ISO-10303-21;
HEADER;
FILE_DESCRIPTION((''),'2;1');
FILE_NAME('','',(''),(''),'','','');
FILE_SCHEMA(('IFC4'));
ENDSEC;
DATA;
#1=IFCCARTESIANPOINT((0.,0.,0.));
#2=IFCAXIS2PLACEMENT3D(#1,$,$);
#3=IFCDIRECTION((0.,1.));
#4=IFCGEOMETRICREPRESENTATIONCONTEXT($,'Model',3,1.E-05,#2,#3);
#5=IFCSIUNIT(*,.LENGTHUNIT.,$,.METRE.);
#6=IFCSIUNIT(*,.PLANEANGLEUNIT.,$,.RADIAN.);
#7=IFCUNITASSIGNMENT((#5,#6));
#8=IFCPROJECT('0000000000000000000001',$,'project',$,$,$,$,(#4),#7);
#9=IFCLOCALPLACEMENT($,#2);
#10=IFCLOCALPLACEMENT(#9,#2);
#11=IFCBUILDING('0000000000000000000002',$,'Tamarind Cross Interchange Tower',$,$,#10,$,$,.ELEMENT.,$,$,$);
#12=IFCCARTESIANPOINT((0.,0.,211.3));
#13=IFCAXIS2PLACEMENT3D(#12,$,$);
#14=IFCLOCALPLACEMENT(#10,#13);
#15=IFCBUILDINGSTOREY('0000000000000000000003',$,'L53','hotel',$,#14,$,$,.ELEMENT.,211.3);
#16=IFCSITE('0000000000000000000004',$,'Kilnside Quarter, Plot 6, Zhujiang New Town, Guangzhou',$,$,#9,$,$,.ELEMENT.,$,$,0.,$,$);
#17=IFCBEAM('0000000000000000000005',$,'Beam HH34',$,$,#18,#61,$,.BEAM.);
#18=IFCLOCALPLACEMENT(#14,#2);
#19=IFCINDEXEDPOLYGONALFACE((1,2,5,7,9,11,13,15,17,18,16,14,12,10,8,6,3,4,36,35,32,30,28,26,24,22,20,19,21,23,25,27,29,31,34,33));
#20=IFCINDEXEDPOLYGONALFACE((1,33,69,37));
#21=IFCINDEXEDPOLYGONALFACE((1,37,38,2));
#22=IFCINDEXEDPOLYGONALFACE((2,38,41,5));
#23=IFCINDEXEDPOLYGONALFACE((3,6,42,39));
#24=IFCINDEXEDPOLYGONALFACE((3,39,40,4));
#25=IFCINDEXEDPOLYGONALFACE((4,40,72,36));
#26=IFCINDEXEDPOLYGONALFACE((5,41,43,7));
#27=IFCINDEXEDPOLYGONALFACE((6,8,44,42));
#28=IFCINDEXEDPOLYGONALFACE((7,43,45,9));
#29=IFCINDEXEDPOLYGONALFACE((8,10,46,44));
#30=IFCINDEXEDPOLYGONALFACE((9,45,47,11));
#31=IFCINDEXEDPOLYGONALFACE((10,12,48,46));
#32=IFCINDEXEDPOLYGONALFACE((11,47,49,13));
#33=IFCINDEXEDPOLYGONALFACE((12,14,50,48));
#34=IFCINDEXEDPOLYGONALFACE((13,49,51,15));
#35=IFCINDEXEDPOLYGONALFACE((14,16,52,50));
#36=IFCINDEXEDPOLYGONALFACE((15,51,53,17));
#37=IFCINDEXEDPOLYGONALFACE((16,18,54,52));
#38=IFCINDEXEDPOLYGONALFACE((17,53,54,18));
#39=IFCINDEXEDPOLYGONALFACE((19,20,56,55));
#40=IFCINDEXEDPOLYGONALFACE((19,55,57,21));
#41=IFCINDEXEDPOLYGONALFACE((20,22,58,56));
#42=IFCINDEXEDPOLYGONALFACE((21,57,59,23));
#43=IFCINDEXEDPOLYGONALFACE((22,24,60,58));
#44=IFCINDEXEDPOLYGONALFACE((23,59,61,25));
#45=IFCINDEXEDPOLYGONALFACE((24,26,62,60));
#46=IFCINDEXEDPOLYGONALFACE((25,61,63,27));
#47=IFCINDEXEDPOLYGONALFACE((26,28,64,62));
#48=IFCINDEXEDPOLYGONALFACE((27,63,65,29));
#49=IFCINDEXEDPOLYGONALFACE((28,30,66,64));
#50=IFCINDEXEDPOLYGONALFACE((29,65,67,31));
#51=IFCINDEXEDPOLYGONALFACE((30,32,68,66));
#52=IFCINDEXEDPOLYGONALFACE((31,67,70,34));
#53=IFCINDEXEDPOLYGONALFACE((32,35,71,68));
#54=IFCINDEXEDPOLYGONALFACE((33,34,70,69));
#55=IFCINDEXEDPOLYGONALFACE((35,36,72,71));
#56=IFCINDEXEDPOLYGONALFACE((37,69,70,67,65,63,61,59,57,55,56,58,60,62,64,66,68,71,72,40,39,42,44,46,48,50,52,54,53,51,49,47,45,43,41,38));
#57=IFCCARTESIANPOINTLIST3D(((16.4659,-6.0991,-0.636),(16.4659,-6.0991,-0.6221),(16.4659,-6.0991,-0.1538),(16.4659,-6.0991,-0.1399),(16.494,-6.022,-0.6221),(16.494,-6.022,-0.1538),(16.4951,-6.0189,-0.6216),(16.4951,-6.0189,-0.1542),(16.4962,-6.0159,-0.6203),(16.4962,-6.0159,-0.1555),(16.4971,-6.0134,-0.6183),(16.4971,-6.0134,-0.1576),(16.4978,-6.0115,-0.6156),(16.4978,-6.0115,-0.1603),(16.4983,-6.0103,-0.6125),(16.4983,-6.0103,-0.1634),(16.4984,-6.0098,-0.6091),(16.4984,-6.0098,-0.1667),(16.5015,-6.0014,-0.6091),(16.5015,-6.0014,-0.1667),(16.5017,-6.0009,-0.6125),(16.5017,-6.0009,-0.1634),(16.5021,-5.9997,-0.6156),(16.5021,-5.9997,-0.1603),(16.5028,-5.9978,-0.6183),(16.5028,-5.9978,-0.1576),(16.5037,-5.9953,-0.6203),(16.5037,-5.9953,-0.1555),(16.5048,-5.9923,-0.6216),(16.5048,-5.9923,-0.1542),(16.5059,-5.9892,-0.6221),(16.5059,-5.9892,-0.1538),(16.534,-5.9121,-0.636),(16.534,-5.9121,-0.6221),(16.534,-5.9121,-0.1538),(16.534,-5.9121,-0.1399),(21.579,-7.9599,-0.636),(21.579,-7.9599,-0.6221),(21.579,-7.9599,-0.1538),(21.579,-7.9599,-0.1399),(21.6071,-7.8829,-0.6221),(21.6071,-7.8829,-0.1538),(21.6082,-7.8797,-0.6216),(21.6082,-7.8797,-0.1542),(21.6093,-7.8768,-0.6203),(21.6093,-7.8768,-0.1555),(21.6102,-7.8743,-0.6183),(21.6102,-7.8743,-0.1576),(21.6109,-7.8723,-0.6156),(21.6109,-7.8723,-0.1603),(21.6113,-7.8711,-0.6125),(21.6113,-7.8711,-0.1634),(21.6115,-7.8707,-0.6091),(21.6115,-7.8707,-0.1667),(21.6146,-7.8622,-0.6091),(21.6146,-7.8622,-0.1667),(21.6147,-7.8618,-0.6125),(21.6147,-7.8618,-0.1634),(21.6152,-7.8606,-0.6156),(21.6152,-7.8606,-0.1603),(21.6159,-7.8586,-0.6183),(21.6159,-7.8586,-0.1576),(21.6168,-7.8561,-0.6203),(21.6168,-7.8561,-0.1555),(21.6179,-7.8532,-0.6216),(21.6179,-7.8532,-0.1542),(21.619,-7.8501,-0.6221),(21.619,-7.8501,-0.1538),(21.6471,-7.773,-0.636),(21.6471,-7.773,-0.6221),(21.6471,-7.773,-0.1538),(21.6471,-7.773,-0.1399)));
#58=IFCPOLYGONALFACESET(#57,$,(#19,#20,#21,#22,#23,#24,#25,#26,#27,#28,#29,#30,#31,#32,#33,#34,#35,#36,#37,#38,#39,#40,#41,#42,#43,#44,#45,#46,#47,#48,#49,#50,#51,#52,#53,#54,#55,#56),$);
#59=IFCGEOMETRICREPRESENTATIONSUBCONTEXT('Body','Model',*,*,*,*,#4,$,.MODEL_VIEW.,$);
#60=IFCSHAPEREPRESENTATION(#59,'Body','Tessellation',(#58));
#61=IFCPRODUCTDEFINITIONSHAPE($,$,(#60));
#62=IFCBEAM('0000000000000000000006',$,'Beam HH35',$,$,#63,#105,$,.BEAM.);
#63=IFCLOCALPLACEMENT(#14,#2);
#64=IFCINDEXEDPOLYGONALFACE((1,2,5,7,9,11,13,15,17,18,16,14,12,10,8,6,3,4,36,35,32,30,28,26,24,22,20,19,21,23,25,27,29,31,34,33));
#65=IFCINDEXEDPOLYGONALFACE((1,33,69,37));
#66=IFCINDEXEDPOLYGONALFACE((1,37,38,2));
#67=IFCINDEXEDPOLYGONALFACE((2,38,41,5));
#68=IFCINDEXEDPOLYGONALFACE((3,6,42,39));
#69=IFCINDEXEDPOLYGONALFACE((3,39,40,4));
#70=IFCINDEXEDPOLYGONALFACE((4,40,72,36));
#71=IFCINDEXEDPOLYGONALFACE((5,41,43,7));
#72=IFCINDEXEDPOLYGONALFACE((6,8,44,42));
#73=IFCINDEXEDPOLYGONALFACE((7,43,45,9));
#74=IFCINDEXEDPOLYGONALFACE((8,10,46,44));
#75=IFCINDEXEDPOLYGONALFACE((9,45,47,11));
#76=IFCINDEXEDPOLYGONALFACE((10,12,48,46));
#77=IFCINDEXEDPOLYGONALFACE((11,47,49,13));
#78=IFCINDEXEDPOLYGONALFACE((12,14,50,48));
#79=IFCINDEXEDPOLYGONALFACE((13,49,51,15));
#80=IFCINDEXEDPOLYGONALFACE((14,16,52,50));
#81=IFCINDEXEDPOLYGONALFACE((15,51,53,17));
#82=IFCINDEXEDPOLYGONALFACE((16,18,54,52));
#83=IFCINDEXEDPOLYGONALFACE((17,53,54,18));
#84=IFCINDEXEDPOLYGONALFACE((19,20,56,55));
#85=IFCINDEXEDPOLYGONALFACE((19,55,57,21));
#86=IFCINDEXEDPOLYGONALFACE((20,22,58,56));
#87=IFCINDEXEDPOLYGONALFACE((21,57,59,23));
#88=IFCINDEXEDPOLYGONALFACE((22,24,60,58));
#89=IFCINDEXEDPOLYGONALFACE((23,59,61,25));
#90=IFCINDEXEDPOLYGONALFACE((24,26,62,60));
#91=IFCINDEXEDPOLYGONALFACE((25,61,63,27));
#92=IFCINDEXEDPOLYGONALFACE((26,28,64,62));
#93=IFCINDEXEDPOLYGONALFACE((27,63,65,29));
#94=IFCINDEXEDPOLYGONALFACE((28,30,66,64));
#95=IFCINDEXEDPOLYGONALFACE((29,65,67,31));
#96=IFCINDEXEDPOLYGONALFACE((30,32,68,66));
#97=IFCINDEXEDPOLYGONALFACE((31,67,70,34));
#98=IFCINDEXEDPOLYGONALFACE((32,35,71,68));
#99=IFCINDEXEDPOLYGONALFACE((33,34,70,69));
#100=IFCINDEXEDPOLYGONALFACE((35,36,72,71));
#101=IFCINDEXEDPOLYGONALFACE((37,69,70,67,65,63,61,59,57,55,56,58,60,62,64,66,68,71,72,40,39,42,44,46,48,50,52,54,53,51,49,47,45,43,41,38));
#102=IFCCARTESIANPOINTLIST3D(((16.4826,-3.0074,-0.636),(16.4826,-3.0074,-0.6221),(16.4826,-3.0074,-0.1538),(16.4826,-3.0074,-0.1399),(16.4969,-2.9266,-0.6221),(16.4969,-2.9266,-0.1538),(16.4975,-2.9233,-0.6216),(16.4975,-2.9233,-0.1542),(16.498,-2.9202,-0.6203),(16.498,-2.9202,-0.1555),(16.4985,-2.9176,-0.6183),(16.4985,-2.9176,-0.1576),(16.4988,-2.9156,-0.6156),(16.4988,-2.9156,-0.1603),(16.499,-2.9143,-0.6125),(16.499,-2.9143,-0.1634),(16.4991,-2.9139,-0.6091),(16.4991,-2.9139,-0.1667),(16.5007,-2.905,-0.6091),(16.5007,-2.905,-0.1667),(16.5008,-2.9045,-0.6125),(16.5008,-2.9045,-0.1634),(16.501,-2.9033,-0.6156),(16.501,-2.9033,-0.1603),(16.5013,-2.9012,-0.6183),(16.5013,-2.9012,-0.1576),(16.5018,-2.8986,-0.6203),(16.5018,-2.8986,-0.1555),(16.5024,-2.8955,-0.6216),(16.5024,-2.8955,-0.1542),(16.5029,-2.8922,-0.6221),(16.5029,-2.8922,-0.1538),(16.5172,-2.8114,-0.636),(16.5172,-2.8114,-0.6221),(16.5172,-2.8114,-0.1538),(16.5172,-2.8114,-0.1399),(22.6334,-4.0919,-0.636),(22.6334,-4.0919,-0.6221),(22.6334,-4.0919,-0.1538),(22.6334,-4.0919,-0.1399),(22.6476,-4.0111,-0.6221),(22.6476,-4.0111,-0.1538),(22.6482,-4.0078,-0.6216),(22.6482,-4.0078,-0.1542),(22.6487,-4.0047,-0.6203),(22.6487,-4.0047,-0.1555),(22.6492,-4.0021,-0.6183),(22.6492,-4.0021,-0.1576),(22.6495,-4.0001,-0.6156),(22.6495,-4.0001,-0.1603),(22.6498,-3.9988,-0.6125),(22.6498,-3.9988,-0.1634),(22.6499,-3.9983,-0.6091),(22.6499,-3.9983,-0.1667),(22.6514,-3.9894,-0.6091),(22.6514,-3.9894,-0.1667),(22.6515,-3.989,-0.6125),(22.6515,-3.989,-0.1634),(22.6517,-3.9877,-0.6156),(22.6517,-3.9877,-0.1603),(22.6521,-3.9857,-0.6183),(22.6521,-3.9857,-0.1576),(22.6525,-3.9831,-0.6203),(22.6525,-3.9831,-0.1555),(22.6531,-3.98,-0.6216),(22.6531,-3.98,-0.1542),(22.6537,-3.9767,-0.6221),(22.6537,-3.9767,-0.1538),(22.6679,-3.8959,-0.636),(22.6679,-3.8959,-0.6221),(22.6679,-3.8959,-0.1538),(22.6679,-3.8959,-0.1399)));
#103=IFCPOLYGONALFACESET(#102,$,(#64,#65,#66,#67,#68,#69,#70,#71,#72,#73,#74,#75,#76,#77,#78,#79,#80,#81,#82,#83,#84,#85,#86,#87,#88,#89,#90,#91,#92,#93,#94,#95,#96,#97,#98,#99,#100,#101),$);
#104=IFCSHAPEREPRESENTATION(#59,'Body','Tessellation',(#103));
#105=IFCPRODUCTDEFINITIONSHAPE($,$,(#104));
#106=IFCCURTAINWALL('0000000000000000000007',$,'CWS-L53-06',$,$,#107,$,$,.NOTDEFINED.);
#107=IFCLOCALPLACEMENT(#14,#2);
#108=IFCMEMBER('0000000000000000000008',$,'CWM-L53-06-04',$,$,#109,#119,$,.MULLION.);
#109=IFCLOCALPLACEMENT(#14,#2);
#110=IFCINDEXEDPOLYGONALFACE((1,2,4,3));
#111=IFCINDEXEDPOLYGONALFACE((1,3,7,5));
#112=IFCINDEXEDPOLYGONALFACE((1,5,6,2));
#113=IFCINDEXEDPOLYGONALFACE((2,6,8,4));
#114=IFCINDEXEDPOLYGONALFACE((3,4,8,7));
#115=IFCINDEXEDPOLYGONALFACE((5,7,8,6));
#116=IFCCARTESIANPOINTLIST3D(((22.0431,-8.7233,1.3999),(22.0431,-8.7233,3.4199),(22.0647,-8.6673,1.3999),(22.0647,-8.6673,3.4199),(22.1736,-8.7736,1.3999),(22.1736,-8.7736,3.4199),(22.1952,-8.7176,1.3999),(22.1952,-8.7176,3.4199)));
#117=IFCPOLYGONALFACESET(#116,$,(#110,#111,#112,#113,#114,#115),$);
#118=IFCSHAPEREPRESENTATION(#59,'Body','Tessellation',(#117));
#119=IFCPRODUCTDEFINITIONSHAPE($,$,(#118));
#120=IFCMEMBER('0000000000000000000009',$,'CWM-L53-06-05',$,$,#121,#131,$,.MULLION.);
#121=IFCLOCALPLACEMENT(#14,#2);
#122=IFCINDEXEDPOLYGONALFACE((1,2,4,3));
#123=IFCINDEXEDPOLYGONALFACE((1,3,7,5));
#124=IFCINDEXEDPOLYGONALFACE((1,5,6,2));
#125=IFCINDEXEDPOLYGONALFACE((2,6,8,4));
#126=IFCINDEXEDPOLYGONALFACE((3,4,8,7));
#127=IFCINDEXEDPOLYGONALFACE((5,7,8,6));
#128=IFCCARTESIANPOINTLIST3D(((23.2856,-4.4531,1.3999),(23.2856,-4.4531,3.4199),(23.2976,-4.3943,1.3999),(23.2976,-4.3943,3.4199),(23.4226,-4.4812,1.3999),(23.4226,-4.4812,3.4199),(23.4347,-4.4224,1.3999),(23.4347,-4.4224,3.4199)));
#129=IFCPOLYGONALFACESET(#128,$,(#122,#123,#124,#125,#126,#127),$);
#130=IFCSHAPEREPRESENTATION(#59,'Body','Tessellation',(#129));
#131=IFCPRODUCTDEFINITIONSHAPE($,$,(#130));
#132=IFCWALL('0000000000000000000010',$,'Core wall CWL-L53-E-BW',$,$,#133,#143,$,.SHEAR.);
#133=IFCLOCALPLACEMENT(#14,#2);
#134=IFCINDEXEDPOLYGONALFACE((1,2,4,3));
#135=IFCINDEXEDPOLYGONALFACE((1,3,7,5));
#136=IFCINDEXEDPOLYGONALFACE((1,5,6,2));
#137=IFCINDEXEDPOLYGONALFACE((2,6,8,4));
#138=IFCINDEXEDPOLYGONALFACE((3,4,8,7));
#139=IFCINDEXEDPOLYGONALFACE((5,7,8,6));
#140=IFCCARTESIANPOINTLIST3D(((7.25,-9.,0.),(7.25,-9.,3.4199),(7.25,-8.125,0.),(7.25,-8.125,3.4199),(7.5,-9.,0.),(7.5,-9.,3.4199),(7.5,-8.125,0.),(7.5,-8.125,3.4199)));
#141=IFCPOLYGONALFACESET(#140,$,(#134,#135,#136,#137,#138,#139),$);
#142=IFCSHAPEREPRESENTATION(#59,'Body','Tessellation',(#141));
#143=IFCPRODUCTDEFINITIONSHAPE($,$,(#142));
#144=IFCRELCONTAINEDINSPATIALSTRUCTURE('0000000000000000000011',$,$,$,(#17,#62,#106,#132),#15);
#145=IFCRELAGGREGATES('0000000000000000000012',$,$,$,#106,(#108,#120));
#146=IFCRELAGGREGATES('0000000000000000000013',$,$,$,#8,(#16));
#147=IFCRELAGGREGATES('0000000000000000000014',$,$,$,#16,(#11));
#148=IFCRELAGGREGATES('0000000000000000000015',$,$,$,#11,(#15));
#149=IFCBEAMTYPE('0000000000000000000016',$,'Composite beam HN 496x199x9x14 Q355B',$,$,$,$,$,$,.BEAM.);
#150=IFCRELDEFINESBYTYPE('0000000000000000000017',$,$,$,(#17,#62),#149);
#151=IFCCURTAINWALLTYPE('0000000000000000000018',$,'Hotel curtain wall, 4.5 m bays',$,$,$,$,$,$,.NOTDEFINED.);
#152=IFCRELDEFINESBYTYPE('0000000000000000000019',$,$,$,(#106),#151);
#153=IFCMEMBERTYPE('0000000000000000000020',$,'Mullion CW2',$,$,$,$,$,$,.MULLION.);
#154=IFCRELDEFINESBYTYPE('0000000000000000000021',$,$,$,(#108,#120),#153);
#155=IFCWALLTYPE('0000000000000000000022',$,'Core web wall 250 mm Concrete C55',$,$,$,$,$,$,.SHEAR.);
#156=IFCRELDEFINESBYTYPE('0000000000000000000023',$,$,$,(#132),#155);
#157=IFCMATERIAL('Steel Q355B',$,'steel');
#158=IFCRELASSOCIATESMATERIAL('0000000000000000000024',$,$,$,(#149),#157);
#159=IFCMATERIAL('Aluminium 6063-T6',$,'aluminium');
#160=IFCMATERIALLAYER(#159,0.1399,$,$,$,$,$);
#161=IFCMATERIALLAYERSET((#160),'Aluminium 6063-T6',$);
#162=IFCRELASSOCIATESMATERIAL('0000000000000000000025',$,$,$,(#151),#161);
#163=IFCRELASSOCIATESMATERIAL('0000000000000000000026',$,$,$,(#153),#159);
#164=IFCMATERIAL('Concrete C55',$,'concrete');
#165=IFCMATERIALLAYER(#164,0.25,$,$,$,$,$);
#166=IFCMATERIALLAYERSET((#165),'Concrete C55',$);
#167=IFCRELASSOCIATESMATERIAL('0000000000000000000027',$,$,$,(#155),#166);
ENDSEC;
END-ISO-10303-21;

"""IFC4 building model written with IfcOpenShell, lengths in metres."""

from ifc_helpers import new_model, si_unit, direction, frame, frame_2d, origin, origin_2d, place, context, subcontext, project, spatial, rectangle, i_section, extrude, material, layer, layer_set, material_profile, profile_set, type_object, element, aggregate, save


model = new_model("IFC4")

# Units and contexts
model_context = context("Model", 3, precision=1e-05, world=origin(), true_north=direction((0.0, 1.0)))
body_context = subcontext(model_context, "Body", "Model", "MODEL_VIEW")
ifc_project = project(units=[si_unit("LENGTHUNIT", "METRE"), si_unit("PLANEANGLEUNIT", "RADIAN")], contexts=[model_context])

# Site, building, storey
site_placement = place(None, origin())
site = spatial("IfcSite", under=ifc_project, at=site_placement, Name="Kilnside Quarter, Plot 6, Zhujiang New Town, Guangzhou", CompositionType="ELEMENT", RefElevation=0.0)
building_placement = place(site_placement, origin())
building = spatial("IfcBuilding", under=site, at=building_placement, Name="Tamarind Cross Interchange Tower", CompositionType="ELEMENT")
storey_placement = place(building_placement, frame((0.0, 0.0, 211.3)))
storey = spatial("IfcBuildingStorey", under=building, at=storey_placement, Name="L53", Description="hotel", CompositionType="ELEMENT", Elevation=211.3)

# Shared definitions
ifc_material_1 = material(Name="Concrete C55", Category="concrete")

# Beams
ifc_material_2 = material(Name="Steel Q355B", Category="steel")
ifc_material_profile_1 = material_profile(ifc_material_2, i_section(OverallWidth=0.199, OverallDepth=0.4961, WebThickness=0.009, FlangeThickness=0.0139, FilletRadius=0.0129, at=origin_2d()), Name="HN 496x199x9x14")
ifc_profile_set_1 = profile_set([ifc_material_profile_1], Name="Steel Q355B")
beam_type = type_object("IfcBeamType", Name="Composite beam HN 496x199x9x14 Q355B", PredefinedType="BEAM", material=ifc_profile_set_1)
beam_1_placement = place(storey_placement, frame((21.613, -7.8665, -0.3879), z_axis=(-0.939702, 0.341995, 0.0), x_axis=(-0.341995, -0.939702, 0.0)))
element("IfcBeam", 1, at=beam_1_placement, inside=storey, type_object=beam_type, Name="Beam HH34", PredefinedType="BEAM", context=body_context, shape_type="SweptSolid", body=[
    extrude(i_section(OverallWidth=0.199, OverallDepth=0.4961, WebThickness=0.009, FlangeThickness=0.0139, FilletRadius=0.0129, at=origin_2d()), origin(), (0.0, 0.0, 1.0), 5.4412),
])
beam_2_placement = place(storey_placement, frame((22.6506, -3.9939, -0.3879), z_axis=(-0.984809, 0.17364, 0.0), x_axis=(-0.17364, -0.984809, 0.0)))
element("IfcBeam", 2, at=beam_2_placement, inside=storey, type_object=beam_type, Name="Beam HH35", PredefinedType="BEAM", context=body_context, shape_type="SweptSolid", body=[
    extrude(i_section(OverallWidth=0.199, OverallDepth=0.4961, WebThickness=0.009, FlangeThickness=0.0139, FilletRadius=0.0129, at=origin_2d()), origin(), (0.0, 0.0, 1.0), 6.2456),
])

# Curtain wall, members
ifc_material_3 = material(Name="Aluminium 6063-T6", Category="aluminium")
ifc_layer_1 = layer(ifc_material_3, 0.1399)
ifc_layer_set_1 = layer_set([ifc_layer_1], Name="Aluminium 6063-T6")
curtain_wall_type = type_object("IfcCurtainWallType", Name="Hotel curtain wall, 4.5 m bays", PredefinedType="NOTDEFINED", material=ifc_layer_set_1)
curtain_wall_placement = place(storey_placement, origin())
curtain_wall = element("IfcCurtainWall", 3, at=curtain_wall_placement, inside=storey, type_object=curtain_wall_type, Name="CWS-L53-06", PredefinedType="NOTDEFINED")
ifc_material_profile_2 = material_profile(ifc_material_3, rectangle(XDim=0.0601, YDim=0.1399, at=origin_2d()), Name="Mullion CW2")
ifc_profile_set_2 = profile_set([ifc_material_profile_2], Name="Aluminium 6063-T6")
member_type = type_object("IfcMemberType", Name="Mullion CW2", PredefinedType="MULLION", material=ifc_profile_set_2)
member_1_placement = place(storey_placement, frame((22.1191, -8.7205, 1.3999), z_axis=(0.0, 0.0, 1.0), x_axis=(0.359495, 0.933147, 0.0)))
member_1 = element("IfcMember", 4, at=member_1_placement, type_object=member_type, Name="CWM-L53-06-04", PredefinedType="MULLION", context=body_context, shape_type="SweptSolid", body=[
    extrude(rectangle(XDim=0.0601, YDim=0.1399, at=origin_2d()), origin(), (0.0, 0.0, 1.0), 2.02),
])
member_2_placement = place(storey_placement, frame((23.3601, -4.4377, 1.3999), z_axis=(0.0, 0.0, 1.0), x_axis=(0.201001, 0.979591, 0.0)))
member_2 = element("IfcMember", 5, at=member_2_placement, type_object=member_type, Name="CWM-L53-06-05", PredefinedType="MULLION", context=body_context, shape_type="SweptSolid", body=[
    extrude(rectangle(XDim=0.0601, YDim=0.1399, at=origin_2d()), origin(), (0.0, 0.0, 1.0), 2.02),
])
aggregate(curtain_wall, [member_1, member_2])

# Wall
ifc_layer_2 = layer(ifc_material_1, 0.25)
ifc_layer_set_2 = layer_set([ifc_layer_2], Name="Concrete C55")
wall_type_1 = type_object("IfcWallType", Name="Core web wall 250 mm Concrete C55", PredefinedType="SHEAR", material=ifc_layer_set_2)
wall_1_placement = place(storey_placement, frame((7.375, -9.0, 0.0), z_axis=(0.0, 0.0, 1.0), x_axis=(0.0, 1.0, 0.0)))
element("IfcWall", 6, at=wall_1_placement, inside=storey, type_object=wall_type_1, Name="Core wall CWL-L53-E-BW", PredefinedType="SHEAR", context=body_context, shape_type="SweptSolid", body=[
    extrude(rectangle(XDim=0.875, YDim=0.25, at=frame_2d((0.4375, 0.0))), origin(), (0.0, 0.0, 1.0), 3.4199),
])

save(model, "model.ifc")
